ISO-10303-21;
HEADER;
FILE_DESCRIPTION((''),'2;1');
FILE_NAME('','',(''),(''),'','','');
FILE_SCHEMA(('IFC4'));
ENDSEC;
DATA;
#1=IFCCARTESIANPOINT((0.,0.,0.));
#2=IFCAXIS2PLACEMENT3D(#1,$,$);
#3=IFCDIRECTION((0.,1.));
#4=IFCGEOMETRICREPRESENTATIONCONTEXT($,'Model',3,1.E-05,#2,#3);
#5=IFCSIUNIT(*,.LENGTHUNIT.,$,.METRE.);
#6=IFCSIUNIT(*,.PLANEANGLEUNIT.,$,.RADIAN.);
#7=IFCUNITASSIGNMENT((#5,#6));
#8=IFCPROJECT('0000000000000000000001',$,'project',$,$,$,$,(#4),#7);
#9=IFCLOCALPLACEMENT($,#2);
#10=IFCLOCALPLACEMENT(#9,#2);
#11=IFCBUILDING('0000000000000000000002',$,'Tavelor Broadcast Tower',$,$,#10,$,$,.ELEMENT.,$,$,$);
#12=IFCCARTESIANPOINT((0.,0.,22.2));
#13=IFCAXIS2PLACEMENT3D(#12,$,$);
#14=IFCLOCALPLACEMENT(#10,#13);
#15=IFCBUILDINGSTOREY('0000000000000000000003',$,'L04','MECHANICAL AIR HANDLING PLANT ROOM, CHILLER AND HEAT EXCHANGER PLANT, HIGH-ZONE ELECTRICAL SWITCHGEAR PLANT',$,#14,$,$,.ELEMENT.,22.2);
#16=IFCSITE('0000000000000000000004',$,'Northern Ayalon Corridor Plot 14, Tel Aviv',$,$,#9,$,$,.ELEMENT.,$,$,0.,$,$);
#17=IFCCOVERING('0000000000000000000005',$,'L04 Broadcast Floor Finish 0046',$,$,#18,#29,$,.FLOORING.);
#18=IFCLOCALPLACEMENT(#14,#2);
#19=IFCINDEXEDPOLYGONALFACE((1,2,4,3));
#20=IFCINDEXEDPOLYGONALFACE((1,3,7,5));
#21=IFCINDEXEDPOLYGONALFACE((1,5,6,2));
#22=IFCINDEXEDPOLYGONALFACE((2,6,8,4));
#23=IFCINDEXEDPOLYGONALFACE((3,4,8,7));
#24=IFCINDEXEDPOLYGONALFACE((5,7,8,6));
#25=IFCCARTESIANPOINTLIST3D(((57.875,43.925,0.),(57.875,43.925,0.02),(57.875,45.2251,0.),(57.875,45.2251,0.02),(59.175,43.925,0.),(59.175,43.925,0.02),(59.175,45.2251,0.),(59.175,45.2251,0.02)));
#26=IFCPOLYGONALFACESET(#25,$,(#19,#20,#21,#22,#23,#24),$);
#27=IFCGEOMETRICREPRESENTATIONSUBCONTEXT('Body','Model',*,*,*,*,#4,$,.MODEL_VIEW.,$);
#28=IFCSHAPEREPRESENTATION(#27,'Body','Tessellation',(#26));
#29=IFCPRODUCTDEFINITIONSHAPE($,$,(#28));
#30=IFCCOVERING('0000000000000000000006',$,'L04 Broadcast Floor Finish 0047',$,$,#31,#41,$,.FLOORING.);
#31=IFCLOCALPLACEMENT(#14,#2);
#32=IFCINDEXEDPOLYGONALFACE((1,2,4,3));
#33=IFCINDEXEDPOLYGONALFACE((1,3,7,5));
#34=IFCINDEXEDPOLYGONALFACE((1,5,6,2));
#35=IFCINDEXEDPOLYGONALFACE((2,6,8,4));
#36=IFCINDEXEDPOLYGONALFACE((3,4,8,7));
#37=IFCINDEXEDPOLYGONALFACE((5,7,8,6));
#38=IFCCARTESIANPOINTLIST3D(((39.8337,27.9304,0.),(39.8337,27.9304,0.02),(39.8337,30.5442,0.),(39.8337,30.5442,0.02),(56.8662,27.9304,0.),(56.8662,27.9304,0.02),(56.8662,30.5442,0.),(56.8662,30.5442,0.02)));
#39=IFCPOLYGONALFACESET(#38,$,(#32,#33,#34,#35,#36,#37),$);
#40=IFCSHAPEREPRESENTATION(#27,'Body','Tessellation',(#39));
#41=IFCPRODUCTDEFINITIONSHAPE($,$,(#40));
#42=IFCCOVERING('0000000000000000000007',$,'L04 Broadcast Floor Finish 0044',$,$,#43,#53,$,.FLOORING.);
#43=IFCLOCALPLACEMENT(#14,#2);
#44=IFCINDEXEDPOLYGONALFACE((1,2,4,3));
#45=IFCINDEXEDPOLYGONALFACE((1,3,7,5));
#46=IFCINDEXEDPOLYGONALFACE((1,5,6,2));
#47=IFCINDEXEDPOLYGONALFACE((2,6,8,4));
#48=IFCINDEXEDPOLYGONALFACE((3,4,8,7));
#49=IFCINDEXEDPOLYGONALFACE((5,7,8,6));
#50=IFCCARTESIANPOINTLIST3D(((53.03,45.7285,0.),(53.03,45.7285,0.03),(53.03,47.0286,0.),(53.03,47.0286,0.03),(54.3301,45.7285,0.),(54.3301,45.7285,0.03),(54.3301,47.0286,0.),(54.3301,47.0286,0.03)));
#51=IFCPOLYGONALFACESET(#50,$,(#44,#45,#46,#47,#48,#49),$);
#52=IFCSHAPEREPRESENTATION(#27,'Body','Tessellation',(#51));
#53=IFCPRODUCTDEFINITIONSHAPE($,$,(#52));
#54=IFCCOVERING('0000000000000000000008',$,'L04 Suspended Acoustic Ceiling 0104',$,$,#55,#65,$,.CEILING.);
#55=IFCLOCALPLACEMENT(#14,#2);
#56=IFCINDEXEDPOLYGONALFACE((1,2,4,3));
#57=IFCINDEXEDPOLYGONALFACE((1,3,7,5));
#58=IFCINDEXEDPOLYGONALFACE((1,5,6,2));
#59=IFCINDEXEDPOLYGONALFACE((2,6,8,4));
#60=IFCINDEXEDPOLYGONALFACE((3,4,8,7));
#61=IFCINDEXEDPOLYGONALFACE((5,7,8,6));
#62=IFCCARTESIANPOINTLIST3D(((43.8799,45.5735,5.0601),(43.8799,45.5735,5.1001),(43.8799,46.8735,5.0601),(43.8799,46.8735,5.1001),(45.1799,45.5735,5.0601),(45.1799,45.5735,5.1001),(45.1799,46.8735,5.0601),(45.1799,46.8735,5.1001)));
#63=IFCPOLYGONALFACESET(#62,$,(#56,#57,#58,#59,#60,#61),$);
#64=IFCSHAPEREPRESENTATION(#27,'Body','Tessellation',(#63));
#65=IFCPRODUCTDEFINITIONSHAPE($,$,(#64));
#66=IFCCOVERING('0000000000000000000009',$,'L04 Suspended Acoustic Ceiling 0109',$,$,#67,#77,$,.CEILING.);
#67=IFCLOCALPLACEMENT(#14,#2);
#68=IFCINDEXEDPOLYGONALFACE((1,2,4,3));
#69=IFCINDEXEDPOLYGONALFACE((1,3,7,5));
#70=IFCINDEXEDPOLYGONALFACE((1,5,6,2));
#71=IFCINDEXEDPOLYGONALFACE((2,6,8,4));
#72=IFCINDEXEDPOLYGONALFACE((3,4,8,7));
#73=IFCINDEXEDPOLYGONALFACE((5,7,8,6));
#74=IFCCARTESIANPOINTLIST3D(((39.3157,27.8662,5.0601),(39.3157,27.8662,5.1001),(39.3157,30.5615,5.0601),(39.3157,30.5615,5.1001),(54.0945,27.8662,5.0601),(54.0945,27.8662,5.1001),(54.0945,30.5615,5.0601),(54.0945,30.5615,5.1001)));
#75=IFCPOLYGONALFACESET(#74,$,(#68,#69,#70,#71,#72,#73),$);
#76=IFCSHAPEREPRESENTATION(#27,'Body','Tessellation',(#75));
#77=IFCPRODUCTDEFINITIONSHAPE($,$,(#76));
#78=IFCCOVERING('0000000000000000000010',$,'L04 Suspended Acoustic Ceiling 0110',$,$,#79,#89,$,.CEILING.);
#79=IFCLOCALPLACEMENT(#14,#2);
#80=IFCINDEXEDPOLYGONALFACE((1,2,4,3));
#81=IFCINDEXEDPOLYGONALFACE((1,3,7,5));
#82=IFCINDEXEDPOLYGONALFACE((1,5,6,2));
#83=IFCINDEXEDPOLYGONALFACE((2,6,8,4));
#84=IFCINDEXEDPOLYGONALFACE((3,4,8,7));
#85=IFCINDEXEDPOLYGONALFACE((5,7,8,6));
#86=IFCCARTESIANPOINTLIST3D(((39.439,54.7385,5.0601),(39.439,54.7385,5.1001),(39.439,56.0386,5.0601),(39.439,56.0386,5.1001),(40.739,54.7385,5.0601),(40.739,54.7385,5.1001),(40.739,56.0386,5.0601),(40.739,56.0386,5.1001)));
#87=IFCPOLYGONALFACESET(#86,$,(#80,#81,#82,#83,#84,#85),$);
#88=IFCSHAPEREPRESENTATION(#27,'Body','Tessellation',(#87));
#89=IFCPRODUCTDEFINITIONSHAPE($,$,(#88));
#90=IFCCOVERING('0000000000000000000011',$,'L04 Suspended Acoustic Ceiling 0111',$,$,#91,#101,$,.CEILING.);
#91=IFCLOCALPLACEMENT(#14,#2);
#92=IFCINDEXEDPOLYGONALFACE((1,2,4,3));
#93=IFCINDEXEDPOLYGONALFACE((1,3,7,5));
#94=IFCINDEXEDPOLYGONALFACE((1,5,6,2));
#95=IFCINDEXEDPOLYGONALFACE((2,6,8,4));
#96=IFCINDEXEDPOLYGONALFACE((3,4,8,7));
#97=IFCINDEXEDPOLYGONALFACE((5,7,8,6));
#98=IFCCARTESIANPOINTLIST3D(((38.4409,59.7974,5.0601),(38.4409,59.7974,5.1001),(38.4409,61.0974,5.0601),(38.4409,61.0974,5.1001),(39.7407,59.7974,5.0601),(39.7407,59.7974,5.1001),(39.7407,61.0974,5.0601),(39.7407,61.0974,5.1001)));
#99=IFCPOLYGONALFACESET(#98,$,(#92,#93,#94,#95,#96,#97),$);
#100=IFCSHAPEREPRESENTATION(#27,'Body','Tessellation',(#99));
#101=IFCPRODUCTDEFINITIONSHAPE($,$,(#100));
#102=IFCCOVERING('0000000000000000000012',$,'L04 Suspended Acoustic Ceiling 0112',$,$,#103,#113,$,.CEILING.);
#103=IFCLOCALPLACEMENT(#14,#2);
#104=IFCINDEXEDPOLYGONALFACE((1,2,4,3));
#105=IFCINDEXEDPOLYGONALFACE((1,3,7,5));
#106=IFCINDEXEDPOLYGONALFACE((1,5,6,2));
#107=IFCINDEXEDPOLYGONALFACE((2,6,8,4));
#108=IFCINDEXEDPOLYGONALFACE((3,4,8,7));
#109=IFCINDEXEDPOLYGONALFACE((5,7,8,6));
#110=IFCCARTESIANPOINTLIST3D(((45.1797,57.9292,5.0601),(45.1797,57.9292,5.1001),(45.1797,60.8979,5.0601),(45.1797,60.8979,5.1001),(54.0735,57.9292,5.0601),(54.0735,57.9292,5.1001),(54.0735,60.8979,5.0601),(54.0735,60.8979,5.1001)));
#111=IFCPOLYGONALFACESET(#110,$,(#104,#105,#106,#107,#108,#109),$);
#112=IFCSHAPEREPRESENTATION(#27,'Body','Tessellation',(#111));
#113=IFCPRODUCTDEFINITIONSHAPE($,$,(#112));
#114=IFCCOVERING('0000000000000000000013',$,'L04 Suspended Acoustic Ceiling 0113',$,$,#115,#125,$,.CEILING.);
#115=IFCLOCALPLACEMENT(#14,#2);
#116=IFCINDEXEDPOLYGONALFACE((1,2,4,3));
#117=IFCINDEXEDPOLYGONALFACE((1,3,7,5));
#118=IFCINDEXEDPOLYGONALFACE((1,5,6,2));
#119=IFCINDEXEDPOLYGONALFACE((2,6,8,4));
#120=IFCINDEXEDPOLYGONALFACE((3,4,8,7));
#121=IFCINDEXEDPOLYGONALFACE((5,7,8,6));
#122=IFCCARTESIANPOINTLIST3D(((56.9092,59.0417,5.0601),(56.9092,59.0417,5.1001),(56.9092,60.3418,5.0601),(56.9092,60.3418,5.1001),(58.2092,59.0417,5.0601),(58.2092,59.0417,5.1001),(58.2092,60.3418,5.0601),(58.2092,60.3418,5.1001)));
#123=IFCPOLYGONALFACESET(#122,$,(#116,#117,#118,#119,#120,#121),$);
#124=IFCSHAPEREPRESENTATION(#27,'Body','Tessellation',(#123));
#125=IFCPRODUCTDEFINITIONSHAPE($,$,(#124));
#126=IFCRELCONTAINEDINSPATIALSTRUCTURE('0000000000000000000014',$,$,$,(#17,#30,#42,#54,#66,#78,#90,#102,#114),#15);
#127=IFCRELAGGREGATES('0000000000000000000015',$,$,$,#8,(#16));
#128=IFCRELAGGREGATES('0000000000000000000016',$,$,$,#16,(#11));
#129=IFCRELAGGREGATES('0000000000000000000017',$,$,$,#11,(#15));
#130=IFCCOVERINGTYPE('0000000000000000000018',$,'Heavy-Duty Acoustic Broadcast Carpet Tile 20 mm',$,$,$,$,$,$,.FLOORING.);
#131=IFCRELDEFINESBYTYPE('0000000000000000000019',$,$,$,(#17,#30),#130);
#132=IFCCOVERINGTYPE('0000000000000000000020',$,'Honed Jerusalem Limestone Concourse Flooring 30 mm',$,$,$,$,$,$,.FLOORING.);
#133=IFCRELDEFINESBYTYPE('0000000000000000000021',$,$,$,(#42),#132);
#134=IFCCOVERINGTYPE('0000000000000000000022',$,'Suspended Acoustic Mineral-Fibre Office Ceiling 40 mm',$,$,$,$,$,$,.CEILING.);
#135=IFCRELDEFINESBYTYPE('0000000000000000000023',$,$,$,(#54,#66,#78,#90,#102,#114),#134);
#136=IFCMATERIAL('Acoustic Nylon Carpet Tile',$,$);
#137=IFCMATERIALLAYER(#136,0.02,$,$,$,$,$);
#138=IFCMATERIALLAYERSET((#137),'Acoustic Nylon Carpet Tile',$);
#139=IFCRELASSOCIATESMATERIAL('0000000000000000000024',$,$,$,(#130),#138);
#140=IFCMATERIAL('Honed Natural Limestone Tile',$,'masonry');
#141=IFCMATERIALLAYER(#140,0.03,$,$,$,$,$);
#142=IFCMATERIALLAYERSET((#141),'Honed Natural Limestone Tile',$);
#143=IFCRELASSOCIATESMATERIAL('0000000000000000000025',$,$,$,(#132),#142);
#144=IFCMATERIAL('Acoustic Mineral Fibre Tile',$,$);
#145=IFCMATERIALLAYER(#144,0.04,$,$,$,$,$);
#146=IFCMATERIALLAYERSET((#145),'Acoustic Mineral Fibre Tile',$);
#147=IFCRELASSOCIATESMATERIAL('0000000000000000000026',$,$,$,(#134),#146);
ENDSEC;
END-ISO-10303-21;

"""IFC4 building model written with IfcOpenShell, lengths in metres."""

from ifc_helpers import new_model, si_unit, direction, frame, origin, place, context, subcontext, project, spatial, polyline, outline, extrude, material, layer, layer_set, type_object, element, save


model = new_model("IFC4")

# Units and contexts
model_context = context("Model", 3, precision=1e-05, world=origin(), true_north=direction((0.0, 1.0)))
body_context = subcontext(model_context, "Body", "Model", "MODEL_VIEW")
ifc_project = project(units=[si_unit("LENGTHUNIT", "METRE"), si_unit("PLANEANGLEUNIT", "RADIAN")], contexts=[model_context])

# Site, building, storey
site_placement = place(None, origin())
site = spatial("IfcSite", under=ifc_project, at=site_placement, Name="Northern Ayalon Corridor Plot 14, Tel Aviv", CompositionType="ELEMENT", RefElevation=0.0)
building_placement = place(site_placement, origin())
building = spatial("IfcBuilding", under=site, at=building_placement, Name="Tavelor Broadcast Tower", CompositionType="ELEMENT")
storey_placement = place(building_placement, frame((0.0, 0.0, 22.2)))
storey = spatial("IfcBuildingStorey", under=building, at=storey_placement, Name="L04", Description="MECHANICAL AIR HANDLING PLANT ROOM, CHILLER AND HEAT EXCHANGER PLANT, HIGH-ZONE ELECTRICAL SWITCHGEAR PLANT", CompositionType="ELEMENT", Elevation=22.2)

# Coverings
ifc_material_1 = material(Name="Acoustic Nylon Carpet Tile")
ifc_layer_1 = layer(ifc_material_1, 0.02)
ifc_layer_set_1 = layer_set([ifc_layer_1], Name="Acoustic Nylon Carpet Tile")
covering_type_1 = type_object("IfcCoveringType", Name="Heavy-Duty Acoustic Broadcast Carpet Tile 20 mm", PredefinedType="FLOORING", material=ifc_layer_set_1)
covering_1_placement = place(storey_placement, origin())
element("IfcCovering", 1, at=covering_1_placement, inside=storey, type_object=covering_type_1, Name="L04 Broadcast Floor Finish 0046", PredefinedType="FLOORING", context=body_context, shape_type="SweptSolid", body=[
    extrude(outline(polyline([(57.875, 43.925), (59.175, 43.925), (59.175, 45.2251), (57.875, 45.2251), (57.875, 43.925)])), origin(), (0.0, 0.0, 1.0), 0.02),
])
covering_2_placement = place(storey_placement, origin())
element("IfcCovering", 2, at=covering_2_placement, inside=storey, type_object=covering_type_1, Name="L04 Broadcast Floor Finish 0047", PredefinedType="FLOORING", context=body_context, shape_type="SweptSolid", body=[
    extrude(outline(polyline([(39.8337, 27.9304), (56.8662, 27.9304), (56.8662, 30.5442), (39.8337, 30.5442), (39.8337, 27.9304)])), origin(), (0.0, 0.0, 1.0), 0.02),
])
ifc_material_2 = material(Name="Honed Natural Limestone Tile", Category="masonry")
ifc_layer_2 = layer(ifc_material_2, 0.03)
ifc_layer_set_2 = layer_set([ifc_layer_2], Name="Honed Natural Limestone Tile")
covering_type_2 = type_object("IfcCoveringType", Name="Honed Jerusalem Limestone Concourse Flooring 30 mm", PredefinedType="FLOORING", material=ifc_layer_set_2)
covering_3_placement = place(storey_placement, origin())
element("IfcCovering", 3, at=covering_3_placement, inside=storey, type_object=covering_type_2, Name="L04 Broadcast Floor Finish 0044", PredefinedType="FLOORING", context=body_context, shape_type="SweptSolid", body=[
    extrude(outline(polyline([(53.03, 45.7285), (54.3301, 45.7285), (54.3301, 47.0286), (53.03, 47.0286), (53.03, 45.7285)])), origin(), (0.0, 0.0, 1.0), 0.03),
])
ifc_material_3 = material(Name="Acoustic Mineral Fibre Tile")
ifc_layer_3 = layer(ifc_material_3, 0.04)
ifc_layer_set_3 = layer_set([ifc_layer_3], Name="Acoustic Mineral Fibre Tile")
covering_type_3 = type_object("IfcCoveringType", Name="Suspended Acoustic Mineral-Fibre Office Ceiling 40 mm", PredefinedType="CEILING", material=ifc_layer_set_3)
covering_4_placement = place(storey_placement, frame((0.0, 0.0, 5.0601)))
element("IfcCovering", 4, at=covering_4_placement, inside=storey, type_object=covering_type_3, Name="L04 Suspended Acoustic Ceiling 0104", PredefinedType="CEILING", context=body_context, shape_type="SweptSolid", body=[
    extrude(outline(polyline([(43.8799, 45.5735), (45.1799, 45.5735), (45.1799, 46.8735), (43.8799, 46.8735), (43.8799, 45.5735)])), origin(), (0.0, 0.0, 1.0), 0.04),
])
covering_5_placement = place(storey_placement, frame((0.0, 0.0, 5.0601)))
element("IfcCovering", 5, at=covering_5_placement, inside=storey, type_object=covering_type_3, Name="L04 Suspended Acoustic Ceiling 0109", PredefinedType="CEILING", context=body_context, shape_type="SweptSolid", body=[
    extrude(outline(polyline([(39.3157, 27.8662), (54.0945, 27.8662), (54.0945, 30.5615), (39.3157, 30.5615), (39.3157, 27.8662)])), origin(), (0.0, 0.0, 1.0), 0.04),
])
covering_6_placement = place(storey_placement, frame((0.0, 0.0, 5.0601)))
element("IfcCovering", 6, at=covering_6_placement, inside=storey, type_object=covering_type_3, Name="L04 Suspended Acoustic Ceiling 0110", PredefinedType="CEILING", context=body_context, shape_type="SweptSolid", body=[
    extrude(outline(polyline([(39.439, 54.7385), (40.739, 54.7385), (40.739, 56.0386), (39.439, 56.0386), (39.439, 54.7385)])), origin(), (0.0, 0.0, 1.0), 0.04),
])
covering_7_placement = place(storey_placement, frame((0.0, 0.0, 5.0601)))
element("IfcCovering", 7, at=covering_7_placement, inside=storey, type_object=covering_type_3, Name="L04 Suspended Acoustic Ceiling 0111", PredefinedType="CEILING", context=body_context, shape_type="SweptSolid", body=[
    extrude(outline(polyline([(38.4409, 59.7974), (39.7407, 59.7974), (39.7407, 61.0974), (38.4409, 61.0974), (38.4409, 59.7974)])), origin(), (0.0, 0.0, 1.0), 0.04),
])
covering_8_placement = place(storey_placement, frame((0.0, 0.0, 5.0601)))
element("IfcCovering", 8, at=covering_8_placement, inside=storey, type_object=covering_type_3, Name="L04 Suspended Acoustic Ceiling 0112", PredefinedType="CEILING", context=body_context, shape_type="SweptSolid", body=[
    extrude(outline(polyline([(45.1797, 57.9292), (54.0735, 57.9292), (54.0735, 60.8979), (45.1797, 60.8979), (45.1797, 57.9292)])), origin(), (0.0, 0.0, 1.0), 0.04),
])
covering_9_placement = place(storey_placement, frame((0.0, 0.0, 5.0601)))
element("IfcCovering", 9, at=covering_9_placement, inside=storey, type_object=covering_type_3, Name="L04 Suspended Acoustic Ceiling 0113", PredefinedType="CEILING", context=body_context, shape_type="SweptSolid", body=[
    extrude(outline(polyline([(56.9092, 59.0417), (58.2092, 59.0417), (58.2092, 60.3418), (56.9092, 60.3418), (56.9092, 59.0417)])), origin(), (0.0, 0.0, 1.0), 0.04),
])

save(model, "model.ifc")
